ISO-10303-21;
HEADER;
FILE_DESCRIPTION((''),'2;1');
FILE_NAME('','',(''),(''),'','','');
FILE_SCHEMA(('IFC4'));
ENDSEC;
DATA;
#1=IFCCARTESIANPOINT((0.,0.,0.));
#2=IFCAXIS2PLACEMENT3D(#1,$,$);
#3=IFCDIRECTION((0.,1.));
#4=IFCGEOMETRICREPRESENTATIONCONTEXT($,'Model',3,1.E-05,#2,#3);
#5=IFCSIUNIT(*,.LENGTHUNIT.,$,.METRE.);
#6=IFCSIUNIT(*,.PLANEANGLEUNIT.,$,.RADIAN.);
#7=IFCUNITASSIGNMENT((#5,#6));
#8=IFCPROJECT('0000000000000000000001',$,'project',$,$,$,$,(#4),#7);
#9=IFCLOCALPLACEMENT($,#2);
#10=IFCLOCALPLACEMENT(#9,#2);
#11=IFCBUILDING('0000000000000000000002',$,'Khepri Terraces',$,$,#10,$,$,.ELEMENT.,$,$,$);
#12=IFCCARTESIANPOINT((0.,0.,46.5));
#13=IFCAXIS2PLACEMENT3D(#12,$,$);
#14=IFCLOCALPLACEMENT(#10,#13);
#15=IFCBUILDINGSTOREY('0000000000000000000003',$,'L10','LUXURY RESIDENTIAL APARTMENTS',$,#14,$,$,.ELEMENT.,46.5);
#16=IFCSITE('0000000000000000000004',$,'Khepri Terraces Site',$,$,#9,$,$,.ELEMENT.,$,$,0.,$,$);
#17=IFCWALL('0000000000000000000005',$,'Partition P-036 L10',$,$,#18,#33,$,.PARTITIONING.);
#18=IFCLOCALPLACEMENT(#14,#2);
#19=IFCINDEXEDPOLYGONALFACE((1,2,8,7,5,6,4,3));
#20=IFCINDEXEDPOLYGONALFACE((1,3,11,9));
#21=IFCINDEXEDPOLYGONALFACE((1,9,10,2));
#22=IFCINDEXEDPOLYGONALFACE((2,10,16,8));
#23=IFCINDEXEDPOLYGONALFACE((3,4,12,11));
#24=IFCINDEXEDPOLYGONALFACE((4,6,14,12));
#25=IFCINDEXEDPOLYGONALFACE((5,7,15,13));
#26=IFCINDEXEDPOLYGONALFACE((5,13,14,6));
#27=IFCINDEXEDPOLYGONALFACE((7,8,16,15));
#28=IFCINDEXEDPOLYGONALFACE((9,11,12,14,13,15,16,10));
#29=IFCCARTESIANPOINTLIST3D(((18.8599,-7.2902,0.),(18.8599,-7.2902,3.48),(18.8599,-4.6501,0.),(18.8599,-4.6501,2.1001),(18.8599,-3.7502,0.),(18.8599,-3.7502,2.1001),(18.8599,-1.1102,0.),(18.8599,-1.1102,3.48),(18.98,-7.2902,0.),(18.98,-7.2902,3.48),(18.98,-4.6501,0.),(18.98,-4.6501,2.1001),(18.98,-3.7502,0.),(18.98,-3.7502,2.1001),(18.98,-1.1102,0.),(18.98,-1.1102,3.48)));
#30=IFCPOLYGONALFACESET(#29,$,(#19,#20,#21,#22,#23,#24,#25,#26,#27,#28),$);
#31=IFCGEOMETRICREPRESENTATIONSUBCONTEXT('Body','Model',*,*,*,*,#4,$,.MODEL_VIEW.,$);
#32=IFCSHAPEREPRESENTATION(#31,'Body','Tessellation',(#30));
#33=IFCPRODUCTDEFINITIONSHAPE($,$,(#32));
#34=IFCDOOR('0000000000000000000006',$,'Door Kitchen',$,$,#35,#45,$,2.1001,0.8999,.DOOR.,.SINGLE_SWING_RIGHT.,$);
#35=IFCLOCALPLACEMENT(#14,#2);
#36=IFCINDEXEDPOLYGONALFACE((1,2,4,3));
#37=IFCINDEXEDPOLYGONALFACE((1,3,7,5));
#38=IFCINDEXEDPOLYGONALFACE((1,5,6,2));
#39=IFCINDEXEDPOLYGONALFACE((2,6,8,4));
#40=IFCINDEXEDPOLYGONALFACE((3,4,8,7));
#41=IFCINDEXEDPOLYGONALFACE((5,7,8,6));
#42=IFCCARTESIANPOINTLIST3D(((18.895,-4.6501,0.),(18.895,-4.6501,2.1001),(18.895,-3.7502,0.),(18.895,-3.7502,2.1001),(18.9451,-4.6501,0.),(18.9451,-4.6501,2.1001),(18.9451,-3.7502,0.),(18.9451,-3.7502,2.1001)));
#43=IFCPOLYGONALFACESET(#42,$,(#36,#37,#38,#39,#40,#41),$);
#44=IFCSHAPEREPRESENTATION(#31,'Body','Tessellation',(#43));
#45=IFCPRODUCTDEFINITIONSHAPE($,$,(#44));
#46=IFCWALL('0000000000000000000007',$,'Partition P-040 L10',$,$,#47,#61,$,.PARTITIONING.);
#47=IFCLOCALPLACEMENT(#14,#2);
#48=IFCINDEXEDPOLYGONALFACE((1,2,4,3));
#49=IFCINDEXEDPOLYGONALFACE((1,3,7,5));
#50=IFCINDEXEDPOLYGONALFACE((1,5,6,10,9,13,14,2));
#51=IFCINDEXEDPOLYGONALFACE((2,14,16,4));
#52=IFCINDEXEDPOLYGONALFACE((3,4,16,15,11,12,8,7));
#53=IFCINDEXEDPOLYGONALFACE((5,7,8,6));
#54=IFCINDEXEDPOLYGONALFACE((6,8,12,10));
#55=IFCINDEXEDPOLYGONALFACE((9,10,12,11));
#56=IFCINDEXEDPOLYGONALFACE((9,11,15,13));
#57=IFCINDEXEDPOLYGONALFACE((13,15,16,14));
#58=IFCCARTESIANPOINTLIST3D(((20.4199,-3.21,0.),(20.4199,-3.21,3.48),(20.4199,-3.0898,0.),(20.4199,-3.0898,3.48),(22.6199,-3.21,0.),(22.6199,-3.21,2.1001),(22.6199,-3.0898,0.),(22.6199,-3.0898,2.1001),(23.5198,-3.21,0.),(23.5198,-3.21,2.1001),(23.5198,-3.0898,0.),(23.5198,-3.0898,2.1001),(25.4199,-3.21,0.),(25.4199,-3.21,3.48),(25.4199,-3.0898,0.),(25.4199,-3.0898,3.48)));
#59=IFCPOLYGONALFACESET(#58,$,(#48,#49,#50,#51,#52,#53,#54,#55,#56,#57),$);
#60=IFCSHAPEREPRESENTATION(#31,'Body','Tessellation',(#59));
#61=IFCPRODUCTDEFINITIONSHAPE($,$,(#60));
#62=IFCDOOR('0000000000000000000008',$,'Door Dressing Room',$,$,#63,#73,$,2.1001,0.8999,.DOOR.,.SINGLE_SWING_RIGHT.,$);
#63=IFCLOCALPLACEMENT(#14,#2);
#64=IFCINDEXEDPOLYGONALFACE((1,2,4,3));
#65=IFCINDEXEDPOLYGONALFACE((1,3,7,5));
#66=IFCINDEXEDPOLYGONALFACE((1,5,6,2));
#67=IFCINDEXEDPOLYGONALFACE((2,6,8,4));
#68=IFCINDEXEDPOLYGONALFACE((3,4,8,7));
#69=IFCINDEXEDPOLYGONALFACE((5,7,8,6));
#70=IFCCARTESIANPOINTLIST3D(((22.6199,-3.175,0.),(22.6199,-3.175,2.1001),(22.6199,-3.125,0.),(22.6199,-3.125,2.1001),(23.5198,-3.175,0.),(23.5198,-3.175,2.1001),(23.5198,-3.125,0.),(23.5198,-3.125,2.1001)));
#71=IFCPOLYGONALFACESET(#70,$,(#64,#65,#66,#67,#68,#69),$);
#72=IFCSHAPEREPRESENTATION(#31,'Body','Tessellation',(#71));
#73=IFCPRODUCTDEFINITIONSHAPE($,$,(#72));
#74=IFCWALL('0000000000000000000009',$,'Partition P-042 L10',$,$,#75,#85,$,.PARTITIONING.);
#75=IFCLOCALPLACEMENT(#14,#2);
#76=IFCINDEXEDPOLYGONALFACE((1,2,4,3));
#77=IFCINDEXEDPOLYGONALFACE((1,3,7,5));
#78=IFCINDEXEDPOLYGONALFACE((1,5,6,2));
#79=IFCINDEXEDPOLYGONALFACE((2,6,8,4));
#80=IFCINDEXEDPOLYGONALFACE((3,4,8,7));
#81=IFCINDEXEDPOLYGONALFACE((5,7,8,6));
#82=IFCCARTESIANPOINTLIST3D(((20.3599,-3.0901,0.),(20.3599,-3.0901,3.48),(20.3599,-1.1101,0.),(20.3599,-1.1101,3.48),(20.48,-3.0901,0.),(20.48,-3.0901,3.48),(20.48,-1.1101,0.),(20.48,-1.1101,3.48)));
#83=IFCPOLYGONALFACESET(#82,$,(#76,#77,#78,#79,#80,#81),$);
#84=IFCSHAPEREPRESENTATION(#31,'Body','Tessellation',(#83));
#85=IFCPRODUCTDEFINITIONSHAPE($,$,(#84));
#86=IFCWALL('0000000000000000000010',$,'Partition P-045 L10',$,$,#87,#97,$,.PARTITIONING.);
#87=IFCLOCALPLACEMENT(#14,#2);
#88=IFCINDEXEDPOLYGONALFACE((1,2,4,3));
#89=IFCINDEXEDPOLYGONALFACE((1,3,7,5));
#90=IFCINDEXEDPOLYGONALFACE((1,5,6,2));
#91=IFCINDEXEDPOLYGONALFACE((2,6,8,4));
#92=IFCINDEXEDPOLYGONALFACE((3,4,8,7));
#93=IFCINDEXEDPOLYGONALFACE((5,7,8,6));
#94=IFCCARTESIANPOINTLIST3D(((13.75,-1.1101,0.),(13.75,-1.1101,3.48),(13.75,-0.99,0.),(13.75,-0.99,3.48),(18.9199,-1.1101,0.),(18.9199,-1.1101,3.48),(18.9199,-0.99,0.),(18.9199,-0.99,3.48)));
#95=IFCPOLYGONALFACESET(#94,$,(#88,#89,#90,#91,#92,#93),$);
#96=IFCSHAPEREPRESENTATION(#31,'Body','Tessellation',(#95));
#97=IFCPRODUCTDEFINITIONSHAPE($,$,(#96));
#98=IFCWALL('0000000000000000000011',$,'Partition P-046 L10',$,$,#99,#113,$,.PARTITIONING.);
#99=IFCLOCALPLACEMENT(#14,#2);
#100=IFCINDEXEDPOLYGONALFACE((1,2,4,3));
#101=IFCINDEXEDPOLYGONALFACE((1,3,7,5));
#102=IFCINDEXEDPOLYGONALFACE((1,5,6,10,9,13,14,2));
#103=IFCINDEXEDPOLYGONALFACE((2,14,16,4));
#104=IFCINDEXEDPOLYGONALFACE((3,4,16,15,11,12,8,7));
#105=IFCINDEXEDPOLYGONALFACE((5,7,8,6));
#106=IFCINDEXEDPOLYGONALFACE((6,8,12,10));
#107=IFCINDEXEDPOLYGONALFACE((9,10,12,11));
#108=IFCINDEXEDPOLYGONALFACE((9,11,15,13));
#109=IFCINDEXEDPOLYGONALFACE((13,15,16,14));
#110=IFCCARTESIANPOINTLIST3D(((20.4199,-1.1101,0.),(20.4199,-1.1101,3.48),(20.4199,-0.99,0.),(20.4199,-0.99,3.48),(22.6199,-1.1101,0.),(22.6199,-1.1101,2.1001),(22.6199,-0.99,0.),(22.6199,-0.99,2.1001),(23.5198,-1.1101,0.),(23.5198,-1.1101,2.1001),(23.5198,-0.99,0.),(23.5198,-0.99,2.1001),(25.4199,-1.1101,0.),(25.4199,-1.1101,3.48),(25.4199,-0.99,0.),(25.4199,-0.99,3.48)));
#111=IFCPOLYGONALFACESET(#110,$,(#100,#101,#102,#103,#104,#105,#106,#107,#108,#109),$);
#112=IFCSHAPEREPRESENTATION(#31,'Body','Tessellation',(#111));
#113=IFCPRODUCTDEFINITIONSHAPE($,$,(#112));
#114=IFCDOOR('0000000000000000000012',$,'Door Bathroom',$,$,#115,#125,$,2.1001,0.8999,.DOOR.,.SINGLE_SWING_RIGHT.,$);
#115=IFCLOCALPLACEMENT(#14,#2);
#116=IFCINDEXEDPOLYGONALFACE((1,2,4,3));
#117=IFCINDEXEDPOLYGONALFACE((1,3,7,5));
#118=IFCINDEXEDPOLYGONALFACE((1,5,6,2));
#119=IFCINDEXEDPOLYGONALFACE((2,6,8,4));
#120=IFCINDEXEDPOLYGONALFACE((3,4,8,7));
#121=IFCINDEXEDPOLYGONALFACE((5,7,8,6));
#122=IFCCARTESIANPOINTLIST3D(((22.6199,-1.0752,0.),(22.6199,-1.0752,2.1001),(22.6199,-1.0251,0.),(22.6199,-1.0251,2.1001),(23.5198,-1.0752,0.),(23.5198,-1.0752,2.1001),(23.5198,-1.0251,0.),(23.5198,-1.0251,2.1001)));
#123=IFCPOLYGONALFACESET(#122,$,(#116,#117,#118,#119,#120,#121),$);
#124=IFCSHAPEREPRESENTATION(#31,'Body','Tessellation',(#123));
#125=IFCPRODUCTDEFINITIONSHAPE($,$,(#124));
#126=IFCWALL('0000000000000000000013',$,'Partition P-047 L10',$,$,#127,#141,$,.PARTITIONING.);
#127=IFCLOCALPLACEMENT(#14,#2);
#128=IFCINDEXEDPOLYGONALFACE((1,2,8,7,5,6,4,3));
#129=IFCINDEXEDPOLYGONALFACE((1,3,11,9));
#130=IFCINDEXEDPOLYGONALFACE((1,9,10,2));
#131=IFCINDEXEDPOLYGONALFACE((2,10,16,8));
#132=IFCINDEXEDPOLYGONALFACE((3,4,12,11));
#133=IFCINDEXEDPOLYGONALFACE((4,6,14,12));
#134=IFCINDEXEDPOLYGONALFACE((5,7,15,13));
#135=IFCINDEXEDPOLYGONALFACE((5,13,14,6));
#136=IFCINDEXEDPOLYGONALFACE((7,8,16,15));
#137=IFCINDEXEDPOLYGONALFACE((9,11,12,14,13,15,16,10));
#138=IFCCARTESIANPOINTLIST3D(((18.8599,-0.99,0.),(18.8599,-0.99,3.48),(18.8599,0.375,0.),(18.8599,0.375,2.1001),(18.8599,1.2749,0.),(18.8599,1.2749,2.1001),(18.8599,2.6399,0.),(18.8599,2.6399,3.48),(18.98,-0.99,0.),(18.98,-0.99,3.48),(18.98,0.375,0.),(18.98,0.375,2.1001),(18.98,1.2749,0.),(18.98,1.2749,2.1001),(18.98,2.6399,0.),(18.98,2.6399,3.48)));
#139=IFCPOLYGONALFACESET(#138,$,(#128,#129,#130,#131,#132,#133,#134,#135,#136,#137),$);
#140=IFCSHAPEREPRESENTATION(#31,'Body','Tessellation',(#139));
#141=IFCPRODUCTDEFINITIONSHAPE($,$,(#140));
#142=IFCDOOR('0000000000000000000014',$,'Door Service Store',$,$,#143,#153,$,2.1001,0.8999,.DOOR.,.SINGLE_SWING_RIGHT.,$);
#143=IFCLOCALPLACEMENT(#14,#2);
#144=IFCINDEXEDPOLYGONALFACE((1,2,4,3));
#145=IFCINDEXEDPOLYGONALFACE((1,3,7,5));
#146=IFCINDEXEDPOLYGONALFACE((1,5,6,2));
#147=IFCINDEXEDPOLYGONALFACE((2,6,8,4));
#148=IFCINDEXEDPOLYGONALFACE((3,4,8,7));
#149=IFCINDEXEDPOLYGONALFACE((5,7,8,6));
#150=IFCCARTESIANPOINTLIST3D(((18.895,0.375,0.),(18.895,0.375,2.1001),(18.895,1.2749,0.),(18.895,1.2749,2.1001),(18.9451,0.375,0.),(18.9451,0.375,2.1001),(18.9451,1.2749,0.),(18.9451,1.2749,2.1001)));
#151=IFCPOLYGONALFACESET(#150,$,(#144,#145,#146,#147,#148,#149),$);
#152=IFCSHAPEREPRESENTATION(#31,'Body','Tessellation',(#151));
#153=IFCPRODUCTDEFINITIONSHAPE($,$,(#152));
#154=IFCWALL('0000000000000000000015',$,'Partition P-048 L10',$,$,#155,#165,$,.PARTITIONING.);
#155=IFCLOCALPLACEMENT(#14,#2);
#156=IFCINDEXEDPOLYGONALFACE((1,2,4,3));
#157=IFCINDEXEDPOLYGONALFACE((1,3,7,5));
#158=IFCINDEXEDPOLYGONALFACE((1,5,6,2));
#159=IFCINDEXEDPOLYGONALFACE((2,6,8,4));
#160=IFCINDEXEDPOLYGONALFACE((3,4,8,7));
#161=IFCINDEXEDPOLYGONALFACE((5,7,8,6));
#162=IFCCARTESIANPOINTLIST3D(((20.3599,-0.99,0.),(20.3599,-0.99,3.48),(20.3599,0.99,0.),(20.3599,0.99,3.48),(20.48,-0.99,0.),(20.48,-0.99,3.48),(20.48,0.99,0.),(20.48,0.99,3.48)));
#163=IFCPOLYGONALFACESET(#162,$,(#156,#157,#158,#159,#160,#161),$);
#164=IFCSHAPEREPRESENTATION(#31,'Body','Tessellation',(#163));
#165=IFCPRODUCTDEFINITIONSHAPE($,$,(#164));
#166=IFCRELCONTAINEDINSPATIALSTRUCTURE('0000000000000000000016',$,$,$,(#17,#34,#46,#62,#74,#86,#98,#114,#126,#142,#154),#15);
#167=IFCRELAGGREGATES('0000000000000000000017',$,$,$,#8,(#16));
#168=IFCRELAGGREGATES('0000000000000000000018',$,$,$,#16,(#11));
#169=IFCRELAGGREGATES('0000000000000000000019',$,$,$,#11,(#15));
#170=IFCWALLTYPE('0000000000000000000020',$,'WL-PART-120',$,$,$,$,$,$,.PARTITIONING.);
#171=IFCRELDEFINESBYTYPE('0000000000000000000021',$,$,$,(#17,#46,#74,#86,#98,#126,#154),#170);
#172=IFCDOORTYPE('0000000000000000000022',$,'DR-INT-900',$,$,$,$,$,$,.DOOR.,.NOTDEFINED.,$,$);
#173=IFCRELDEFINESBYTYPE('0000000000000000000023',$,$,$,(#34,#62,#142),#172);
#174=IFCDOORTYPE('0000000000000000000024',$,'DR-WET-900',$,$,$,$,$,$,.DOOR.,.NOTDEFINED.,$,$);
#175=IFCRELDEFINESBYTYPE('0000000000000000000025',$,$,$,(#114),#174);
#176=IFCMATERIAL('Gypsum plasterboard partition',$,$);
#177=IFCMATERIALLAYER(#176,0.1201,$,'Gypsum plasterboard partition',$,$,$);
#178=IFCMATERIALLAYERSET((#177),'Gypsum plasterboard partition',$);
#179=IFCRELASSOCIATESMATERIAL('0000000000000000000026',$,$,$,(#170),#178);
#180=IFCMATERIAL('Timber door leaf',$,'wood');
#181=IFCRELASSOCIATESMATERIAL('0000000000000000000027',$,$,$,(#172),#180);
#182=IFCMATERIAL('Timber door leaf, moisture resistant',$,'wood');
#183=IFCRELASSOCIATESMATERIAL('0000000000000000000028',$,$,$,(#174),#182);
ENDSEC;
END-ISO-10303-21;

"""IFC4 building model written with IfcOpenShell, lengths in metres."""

from ifc_helpers import new_model, si_unit, direction, frame, frame_2d, origin, place, context, subcontext, project, spatial, rectangle, extrude, material, layer, layer_set, type_object, element, fill, save


model = new_model("IFC4")

# Units and contexts
model_context = context("Model", 3, precision=1e-05, world=origin(), true_north=direction((0.0, 1.0)))
body_context = subcontext(model_context, "Body", "Model", "MODEL_VIEW")
ifc_project = project(units=[si_unit("LENGTHUNIT", "METRE"), si_unit("PLANEANGLEUNIT", "RADIAN")], contexts=[model_context])

# Site, building, storey
site_placement = place(None, origin())
site = spatial("IfcSite", under=ifc_project, at=site_placement, Name="Khepri Terraces Site", CompositionType="ELEMENT", RefElevation=0.0)
building_placement = place(site_placement, origin())
building = spatial("IfcBuilding", under=site, at=building_placement, Name="Khepri Terraces", CompositionType="ELEMENT")
storey_placement = place(building_placement, frame((0.0, 0.0, 46.5)))
storey = spatial("IfcBuildingStorey", under=building, at=storey_placement, Name="L10", Description="LUXURY RESIDENTIAL APARTMENTS", CompositionType="ELEMENT", Elevation=46.5)

# Shared definitions
ifc_material_1 = material(Name="Gypsum plasterboard partition")
ifc_layer_1 = layer(ifc_material_1, 0.1201, Name="Gypsum plasterboard partition")
ifc_layer_set_1 = layer_set([ifc_layer_1], Name="Gypsum plasterboard partition")
wall_type_1 = type_object("IfcWallType", Name="WL-PART-120", PredefinedType="PARTITIONING", material=ifc_layer_set_1)

# Shared definitions
ifc_material_2 = material(Name="Timber door leaf", Category="wood")
door_type_1 = type_object("IfcDoorType", Name="DR-INT-900", OperationType="NOTDEFINED", PredefinedType="DOOR", material=ifc_material_2)

# Walls, openings, doors
wall_1_placement = place(storey_placement, frame((18.9199, -7.29, 0.0), z_axis=(0.0, 0.0, 1.0), x_axis=(0.0, 1.0, 0.0)))
wall_1 = element("IfcWall", 1, at=wall_1_placement, inside=storey, type_object=wall_type_1, Name="Partition P-036 L10", PredefinedType="PARTITIONING", context=body_context, shape_type="SweptSolid", body=[
    extrude(rectangle(XDim=6.1799, YDim=0.1201, at=frame_2d((3.0898, 0.0))), origin(), (0.0, 0.0, 1.0), 3.48),
])
opening_1_placement = place(wall_1_placement, frame((2.6399, 0.0, 0.0)))
opening_1 = element("IfcOpeningElement", 2, at=opening_1_placement, cuts=wall_1, PredefinedType="OPENING", context=body_context, shape_type="SweptSolid", body=[
    extrude(rectangle(XDim=0.8999, YDim=2.1001, at=frame_2d((0.45, 1.05))), frame((0.0, 0.0701, 0.0), z_axis=(0.0, -1.0, 0.0), x_axis=(1.0, 0.0, 0.0)), (0.0, 0.0, 1.0), 0.1401),
])
door_1_placement = place(opening_1_placement, origin())
door_1 = element("IfcDoor", 3, at=door_1_placement, inside=storey, type_object=door_type_1, Name="Door Kitchen", OperationType="SINGLE_SWING_RIGHT", OverallHeight=2.1001, OverallWidth=0.8999, PredefinedType="DOOR", context=body_context, shape_type="SweptSolid", body=[
    extrude(rectangle(XDim=0.8999, YDim=2.1001, at=frame_2d((0.45, 1.05))), frame((0.0, 0.0249, 0.0), z_axis=(0.0, -1.0, 0.0), x_axis=(1.0, 0.0, 0.0)), (0.0, 0.0, 1.0), 0.05),
])
fill(opening_1, door_1)
wall_2_placement = place(storey_placement, frame((20.4199, -3.1499, 0.0), z_axis=(0.0, 0.0, 1.0), x_axis=(1.0, 0.0, 0.0)))
wall_2 = element("IfcWall", 4, at=wall_2_placement, inside=storey, type_object=wall_type_1, Name="Partition P-040 L10", PredefinedType="PARTITIONING", context=body_context, shape_type="SweptSolid", body=[
    extrude(rectangle(XDim=5.0, YDim=0.1201, at=frame_2d((2.5, 0.0))), origin(), (0.0, 0.0, 1.0), 3.48),
])
opening_2_placement = place(wall_2_placement, frame((2.2, 0.0, 0.0)))
opening_2 = element("IfcOpeningElement", 5, at=opening_2_placement, cuts=wall_2, PredefinedType="OPENING", context=body_context, shape_type="SweptSolid", body=[
    extrude(rectangle(XDim=0.8999, YDim=2.1001, at=frame_2d((0.45, 1.05))), frame((0.0, 0.0701, 0.0), z_axis=(0.0, -1.0, 0.0), x_axis=(1.0, 0.0, 0.0)), (0.0, 0.0, 1.0), 0.1401),
])
door_2_placement = place(opening_2_placement, origin())
door_2 = element("IfcDoor", 6, at=door_2_placement, inside=storey, type_object=door_type_1, Name="Door Dressing Room", OperationType="SINGLE_SWING_RIGHT", OverallHeight=2.1001, OverallWidth=0.8999, PredefinedType="DOOR", context=body_context, shape_type="SweptSolid", body=[
    extrude(rectangle(XDim=0.8999, YDim=2.1001, at=frame_2d((0.45, 1.05))), frame((0.0, 0.0249, 0.0), z_axis=(0.0, -1.0, 0.0), x_axis=(1.0, 0.0, 0.0)), (0.0, 0.0, 1.0), 0.05),
])
fill(opening_2, door_2)

# Walls
wall_3_placement = place(storey_placement, frame((20.4199, -3.0901, 0.0), z_axis=(0.0, 0.0, 1.0), x_axis=(0.0, 1.0, 0.0)))
element("IfcWall", 7, at=wall_3_placement, inside=storey, type_object=wall_type_1, Name="Partition P-042 L10", PredefinedType="PARTITIONING", context=body_context, shape_type="SweptSolid", body=[
    extrude(rectangle(XDim=1.98, YDim=0.1201, at=frame_2d((0.99, 0.0))), origin(), (0.0, 0.0, 1.0), 3.48),
])
wall_4_placement = place(storey_placement, frame((13.75, -1.05, 0.0), z_axis=(0.0, 0.0, 1.0), x_axis=(1.0, 0.0, 0.0)))
element("IfcWall", 8, at=wall_4_placement, inside=storey, type_object=wall_type_1, Name="Partition P-045 L10", PredefinedType="PARTITIONING", context=body_context, shape_type="SweptSolid", body=[
    extrude(rectangle(XDim=5.1699, YDim=0.1201, at=frame_2d((2.585, 0.0))), origin(), (0.0, 0.0, 1.0), 3.48),
])

# Walls, openings, doors
wall_5_placement = place(storey_placement, frame((20.4199, -1.05, 0.0), z_axis=(0.0, 0.0, 1.0), x_axis=(1.0, 0.0, 0.0)))
wall_5 = element("IfcWall", 9, at=wall_5_placement, inside=storey, type_object=wall_type_1, Name="Partition P-046 L10", PredefinedType="PARTITIONING", context=body_context, shape_type="SweptSolid", body=[
    extrude(rectangle(XDim=5.0, YDim=0.1201, at=frame_2d((2.5, 0.0))), origin(), (0.0, 0.0, 1.0), 3.48),
])
opening_3_placement = place(wall_5_placement, frame((2.2, 0.0, 0.0)))
opening_3 = element("IfcOpeningElement", 10, at=opening_3_placement, cuts=wall_5, PredefinedType="OPENING", context=body_context, shape_type="SweptSolid", body=[
    extrude(rectangle(XDim=0.8999, YDim=2.1001, at=frame_2d((0.45, 1.05))), frame((0.0, 0.0701, 0.0), z_axis=(0.0, -1.0, 0.0), x_axis=(1.0, 0.0, 0.0)), (0.0, 0.0, 1.0), 0.1401),
])
ifc_material_3 = material(Name="Timber door leaf, moisture resistant", Category="wood")
door_type_2 = type_object("IfcDoorType", Name="DR-WET-900", OperationType="NOTDEFINED", PredefinedType="DOOR", material=ifc_material_3)
door_3_placement = place(opening_3_placement, origin())
door_3 = element("IfcDoor", 11, at=door_3_placement, inside=storey, type_object=door_type_2, Name="Door Bathroom", OperationType="SINGLE_SWING_RIGHT", OverallHeight=2.1001, OverallWidth=0.8999, PredefinedType="DOOR", context=body_context, shape_type="SweptSolid", body=[
    extrude(rectangle(XDim=0.8999, YDim=2.1001, at=frame_2d((0.45, 1.05))), frame((0.0, 0.0249, 0.0), z_axis=(0.0, -1.0, 0.0), x_axis=(1.0, 0.0, 0.0)), (0.0, 0.0, 1.0), 0.05),
])
fill(opening_3, door_3)
wall_6_placement = place(storey_placement, frame((18.9199, -0.99, 0.0), z_axis=(0.0, 0.0, 1.0), x_axis=(0.0, 1.0, 0.0)))
wall_6 = element("IfcWall", 12, at=wall_6_placement, inside=storey, type_object=wall_type_1, Name="Partition P-047 L10", PredefinedType="PARTITIONING", context=body_context, shape_type="SweptSolid", body=[
    extrude(rectangle(XDim=3.6299, YDim=0.1201, at=frame_2d((1.8149, 0.0))), origin(), (0.0, 0.0, 1.0), 3.48),
])
opening_4_placement = place(wall_6_placement, frame((1.365, 0.0, 0.0)))
opening_4 = element("IfcOpeningElement", 13, at=opening_4_placement, cuts=wall_6, PredefinedType="OPENING", context=body_context, shape_type="SweptSolid", body=[
    extrude(rectangle(XDim=0.8999, YDim=2.1001, at=frame_2d((0.45, 1.05))), frame((0.0, 0.0701, 0.0), z_axis=(0.0, -1.0, 0.0), x_axis=(1.0, 0.0, 0.0)), (0.0, 0.0, 1.0), 0.1401),
])
door_4_placement = place(opening_4_placement, origin())
door_4 = element("IfcDoor", 14, at=door_4_placement, inside=storey, type_object=door_type_1, Name="Door Service Store", OperationType="SINGLE_SWING_RIGHT", OverallHeight=2.1001, OverallWidth=0.8999, PredefinedType="DOOR", context=body_context, shape_type="SweptSolid", body=[
    extrude(rectangle(XDim=0.8999, YDim=2.1001, at=frame_2d((0.45, 1.05))), frame((0.0, 0.0249, 0.0), z_axis=(0.0, -1.0, 0.0), x_axis=(1.0, 0.0, 0.0)), (0.0, 0.0, 1.0), 0.05),
])
fill(opening_4, door_4)

# Wall
wall_7_placement = place(storey_placement, frame((20.4199, -0.99, 0.0), z_axis=(0.0, 0.0, 1.0), x_axis=(0.0, 1.0, 0.0)))
element("IfcWall", 15, at=wall_7_placement, inside=storey, type_object=wall_type_1, Name="Partition P-048 L10", PredefinedType="PARTITIONING", context=body_context, shape_type="SweptSolid", body=[
    extrude(rectangle(XDim=1.98, YDim=0.1201, at=frame_2d((0.99, 0.0))), origin(), (0.0, 0.0, 1.0), 3.48),
])

save(model, "model.ifc")
